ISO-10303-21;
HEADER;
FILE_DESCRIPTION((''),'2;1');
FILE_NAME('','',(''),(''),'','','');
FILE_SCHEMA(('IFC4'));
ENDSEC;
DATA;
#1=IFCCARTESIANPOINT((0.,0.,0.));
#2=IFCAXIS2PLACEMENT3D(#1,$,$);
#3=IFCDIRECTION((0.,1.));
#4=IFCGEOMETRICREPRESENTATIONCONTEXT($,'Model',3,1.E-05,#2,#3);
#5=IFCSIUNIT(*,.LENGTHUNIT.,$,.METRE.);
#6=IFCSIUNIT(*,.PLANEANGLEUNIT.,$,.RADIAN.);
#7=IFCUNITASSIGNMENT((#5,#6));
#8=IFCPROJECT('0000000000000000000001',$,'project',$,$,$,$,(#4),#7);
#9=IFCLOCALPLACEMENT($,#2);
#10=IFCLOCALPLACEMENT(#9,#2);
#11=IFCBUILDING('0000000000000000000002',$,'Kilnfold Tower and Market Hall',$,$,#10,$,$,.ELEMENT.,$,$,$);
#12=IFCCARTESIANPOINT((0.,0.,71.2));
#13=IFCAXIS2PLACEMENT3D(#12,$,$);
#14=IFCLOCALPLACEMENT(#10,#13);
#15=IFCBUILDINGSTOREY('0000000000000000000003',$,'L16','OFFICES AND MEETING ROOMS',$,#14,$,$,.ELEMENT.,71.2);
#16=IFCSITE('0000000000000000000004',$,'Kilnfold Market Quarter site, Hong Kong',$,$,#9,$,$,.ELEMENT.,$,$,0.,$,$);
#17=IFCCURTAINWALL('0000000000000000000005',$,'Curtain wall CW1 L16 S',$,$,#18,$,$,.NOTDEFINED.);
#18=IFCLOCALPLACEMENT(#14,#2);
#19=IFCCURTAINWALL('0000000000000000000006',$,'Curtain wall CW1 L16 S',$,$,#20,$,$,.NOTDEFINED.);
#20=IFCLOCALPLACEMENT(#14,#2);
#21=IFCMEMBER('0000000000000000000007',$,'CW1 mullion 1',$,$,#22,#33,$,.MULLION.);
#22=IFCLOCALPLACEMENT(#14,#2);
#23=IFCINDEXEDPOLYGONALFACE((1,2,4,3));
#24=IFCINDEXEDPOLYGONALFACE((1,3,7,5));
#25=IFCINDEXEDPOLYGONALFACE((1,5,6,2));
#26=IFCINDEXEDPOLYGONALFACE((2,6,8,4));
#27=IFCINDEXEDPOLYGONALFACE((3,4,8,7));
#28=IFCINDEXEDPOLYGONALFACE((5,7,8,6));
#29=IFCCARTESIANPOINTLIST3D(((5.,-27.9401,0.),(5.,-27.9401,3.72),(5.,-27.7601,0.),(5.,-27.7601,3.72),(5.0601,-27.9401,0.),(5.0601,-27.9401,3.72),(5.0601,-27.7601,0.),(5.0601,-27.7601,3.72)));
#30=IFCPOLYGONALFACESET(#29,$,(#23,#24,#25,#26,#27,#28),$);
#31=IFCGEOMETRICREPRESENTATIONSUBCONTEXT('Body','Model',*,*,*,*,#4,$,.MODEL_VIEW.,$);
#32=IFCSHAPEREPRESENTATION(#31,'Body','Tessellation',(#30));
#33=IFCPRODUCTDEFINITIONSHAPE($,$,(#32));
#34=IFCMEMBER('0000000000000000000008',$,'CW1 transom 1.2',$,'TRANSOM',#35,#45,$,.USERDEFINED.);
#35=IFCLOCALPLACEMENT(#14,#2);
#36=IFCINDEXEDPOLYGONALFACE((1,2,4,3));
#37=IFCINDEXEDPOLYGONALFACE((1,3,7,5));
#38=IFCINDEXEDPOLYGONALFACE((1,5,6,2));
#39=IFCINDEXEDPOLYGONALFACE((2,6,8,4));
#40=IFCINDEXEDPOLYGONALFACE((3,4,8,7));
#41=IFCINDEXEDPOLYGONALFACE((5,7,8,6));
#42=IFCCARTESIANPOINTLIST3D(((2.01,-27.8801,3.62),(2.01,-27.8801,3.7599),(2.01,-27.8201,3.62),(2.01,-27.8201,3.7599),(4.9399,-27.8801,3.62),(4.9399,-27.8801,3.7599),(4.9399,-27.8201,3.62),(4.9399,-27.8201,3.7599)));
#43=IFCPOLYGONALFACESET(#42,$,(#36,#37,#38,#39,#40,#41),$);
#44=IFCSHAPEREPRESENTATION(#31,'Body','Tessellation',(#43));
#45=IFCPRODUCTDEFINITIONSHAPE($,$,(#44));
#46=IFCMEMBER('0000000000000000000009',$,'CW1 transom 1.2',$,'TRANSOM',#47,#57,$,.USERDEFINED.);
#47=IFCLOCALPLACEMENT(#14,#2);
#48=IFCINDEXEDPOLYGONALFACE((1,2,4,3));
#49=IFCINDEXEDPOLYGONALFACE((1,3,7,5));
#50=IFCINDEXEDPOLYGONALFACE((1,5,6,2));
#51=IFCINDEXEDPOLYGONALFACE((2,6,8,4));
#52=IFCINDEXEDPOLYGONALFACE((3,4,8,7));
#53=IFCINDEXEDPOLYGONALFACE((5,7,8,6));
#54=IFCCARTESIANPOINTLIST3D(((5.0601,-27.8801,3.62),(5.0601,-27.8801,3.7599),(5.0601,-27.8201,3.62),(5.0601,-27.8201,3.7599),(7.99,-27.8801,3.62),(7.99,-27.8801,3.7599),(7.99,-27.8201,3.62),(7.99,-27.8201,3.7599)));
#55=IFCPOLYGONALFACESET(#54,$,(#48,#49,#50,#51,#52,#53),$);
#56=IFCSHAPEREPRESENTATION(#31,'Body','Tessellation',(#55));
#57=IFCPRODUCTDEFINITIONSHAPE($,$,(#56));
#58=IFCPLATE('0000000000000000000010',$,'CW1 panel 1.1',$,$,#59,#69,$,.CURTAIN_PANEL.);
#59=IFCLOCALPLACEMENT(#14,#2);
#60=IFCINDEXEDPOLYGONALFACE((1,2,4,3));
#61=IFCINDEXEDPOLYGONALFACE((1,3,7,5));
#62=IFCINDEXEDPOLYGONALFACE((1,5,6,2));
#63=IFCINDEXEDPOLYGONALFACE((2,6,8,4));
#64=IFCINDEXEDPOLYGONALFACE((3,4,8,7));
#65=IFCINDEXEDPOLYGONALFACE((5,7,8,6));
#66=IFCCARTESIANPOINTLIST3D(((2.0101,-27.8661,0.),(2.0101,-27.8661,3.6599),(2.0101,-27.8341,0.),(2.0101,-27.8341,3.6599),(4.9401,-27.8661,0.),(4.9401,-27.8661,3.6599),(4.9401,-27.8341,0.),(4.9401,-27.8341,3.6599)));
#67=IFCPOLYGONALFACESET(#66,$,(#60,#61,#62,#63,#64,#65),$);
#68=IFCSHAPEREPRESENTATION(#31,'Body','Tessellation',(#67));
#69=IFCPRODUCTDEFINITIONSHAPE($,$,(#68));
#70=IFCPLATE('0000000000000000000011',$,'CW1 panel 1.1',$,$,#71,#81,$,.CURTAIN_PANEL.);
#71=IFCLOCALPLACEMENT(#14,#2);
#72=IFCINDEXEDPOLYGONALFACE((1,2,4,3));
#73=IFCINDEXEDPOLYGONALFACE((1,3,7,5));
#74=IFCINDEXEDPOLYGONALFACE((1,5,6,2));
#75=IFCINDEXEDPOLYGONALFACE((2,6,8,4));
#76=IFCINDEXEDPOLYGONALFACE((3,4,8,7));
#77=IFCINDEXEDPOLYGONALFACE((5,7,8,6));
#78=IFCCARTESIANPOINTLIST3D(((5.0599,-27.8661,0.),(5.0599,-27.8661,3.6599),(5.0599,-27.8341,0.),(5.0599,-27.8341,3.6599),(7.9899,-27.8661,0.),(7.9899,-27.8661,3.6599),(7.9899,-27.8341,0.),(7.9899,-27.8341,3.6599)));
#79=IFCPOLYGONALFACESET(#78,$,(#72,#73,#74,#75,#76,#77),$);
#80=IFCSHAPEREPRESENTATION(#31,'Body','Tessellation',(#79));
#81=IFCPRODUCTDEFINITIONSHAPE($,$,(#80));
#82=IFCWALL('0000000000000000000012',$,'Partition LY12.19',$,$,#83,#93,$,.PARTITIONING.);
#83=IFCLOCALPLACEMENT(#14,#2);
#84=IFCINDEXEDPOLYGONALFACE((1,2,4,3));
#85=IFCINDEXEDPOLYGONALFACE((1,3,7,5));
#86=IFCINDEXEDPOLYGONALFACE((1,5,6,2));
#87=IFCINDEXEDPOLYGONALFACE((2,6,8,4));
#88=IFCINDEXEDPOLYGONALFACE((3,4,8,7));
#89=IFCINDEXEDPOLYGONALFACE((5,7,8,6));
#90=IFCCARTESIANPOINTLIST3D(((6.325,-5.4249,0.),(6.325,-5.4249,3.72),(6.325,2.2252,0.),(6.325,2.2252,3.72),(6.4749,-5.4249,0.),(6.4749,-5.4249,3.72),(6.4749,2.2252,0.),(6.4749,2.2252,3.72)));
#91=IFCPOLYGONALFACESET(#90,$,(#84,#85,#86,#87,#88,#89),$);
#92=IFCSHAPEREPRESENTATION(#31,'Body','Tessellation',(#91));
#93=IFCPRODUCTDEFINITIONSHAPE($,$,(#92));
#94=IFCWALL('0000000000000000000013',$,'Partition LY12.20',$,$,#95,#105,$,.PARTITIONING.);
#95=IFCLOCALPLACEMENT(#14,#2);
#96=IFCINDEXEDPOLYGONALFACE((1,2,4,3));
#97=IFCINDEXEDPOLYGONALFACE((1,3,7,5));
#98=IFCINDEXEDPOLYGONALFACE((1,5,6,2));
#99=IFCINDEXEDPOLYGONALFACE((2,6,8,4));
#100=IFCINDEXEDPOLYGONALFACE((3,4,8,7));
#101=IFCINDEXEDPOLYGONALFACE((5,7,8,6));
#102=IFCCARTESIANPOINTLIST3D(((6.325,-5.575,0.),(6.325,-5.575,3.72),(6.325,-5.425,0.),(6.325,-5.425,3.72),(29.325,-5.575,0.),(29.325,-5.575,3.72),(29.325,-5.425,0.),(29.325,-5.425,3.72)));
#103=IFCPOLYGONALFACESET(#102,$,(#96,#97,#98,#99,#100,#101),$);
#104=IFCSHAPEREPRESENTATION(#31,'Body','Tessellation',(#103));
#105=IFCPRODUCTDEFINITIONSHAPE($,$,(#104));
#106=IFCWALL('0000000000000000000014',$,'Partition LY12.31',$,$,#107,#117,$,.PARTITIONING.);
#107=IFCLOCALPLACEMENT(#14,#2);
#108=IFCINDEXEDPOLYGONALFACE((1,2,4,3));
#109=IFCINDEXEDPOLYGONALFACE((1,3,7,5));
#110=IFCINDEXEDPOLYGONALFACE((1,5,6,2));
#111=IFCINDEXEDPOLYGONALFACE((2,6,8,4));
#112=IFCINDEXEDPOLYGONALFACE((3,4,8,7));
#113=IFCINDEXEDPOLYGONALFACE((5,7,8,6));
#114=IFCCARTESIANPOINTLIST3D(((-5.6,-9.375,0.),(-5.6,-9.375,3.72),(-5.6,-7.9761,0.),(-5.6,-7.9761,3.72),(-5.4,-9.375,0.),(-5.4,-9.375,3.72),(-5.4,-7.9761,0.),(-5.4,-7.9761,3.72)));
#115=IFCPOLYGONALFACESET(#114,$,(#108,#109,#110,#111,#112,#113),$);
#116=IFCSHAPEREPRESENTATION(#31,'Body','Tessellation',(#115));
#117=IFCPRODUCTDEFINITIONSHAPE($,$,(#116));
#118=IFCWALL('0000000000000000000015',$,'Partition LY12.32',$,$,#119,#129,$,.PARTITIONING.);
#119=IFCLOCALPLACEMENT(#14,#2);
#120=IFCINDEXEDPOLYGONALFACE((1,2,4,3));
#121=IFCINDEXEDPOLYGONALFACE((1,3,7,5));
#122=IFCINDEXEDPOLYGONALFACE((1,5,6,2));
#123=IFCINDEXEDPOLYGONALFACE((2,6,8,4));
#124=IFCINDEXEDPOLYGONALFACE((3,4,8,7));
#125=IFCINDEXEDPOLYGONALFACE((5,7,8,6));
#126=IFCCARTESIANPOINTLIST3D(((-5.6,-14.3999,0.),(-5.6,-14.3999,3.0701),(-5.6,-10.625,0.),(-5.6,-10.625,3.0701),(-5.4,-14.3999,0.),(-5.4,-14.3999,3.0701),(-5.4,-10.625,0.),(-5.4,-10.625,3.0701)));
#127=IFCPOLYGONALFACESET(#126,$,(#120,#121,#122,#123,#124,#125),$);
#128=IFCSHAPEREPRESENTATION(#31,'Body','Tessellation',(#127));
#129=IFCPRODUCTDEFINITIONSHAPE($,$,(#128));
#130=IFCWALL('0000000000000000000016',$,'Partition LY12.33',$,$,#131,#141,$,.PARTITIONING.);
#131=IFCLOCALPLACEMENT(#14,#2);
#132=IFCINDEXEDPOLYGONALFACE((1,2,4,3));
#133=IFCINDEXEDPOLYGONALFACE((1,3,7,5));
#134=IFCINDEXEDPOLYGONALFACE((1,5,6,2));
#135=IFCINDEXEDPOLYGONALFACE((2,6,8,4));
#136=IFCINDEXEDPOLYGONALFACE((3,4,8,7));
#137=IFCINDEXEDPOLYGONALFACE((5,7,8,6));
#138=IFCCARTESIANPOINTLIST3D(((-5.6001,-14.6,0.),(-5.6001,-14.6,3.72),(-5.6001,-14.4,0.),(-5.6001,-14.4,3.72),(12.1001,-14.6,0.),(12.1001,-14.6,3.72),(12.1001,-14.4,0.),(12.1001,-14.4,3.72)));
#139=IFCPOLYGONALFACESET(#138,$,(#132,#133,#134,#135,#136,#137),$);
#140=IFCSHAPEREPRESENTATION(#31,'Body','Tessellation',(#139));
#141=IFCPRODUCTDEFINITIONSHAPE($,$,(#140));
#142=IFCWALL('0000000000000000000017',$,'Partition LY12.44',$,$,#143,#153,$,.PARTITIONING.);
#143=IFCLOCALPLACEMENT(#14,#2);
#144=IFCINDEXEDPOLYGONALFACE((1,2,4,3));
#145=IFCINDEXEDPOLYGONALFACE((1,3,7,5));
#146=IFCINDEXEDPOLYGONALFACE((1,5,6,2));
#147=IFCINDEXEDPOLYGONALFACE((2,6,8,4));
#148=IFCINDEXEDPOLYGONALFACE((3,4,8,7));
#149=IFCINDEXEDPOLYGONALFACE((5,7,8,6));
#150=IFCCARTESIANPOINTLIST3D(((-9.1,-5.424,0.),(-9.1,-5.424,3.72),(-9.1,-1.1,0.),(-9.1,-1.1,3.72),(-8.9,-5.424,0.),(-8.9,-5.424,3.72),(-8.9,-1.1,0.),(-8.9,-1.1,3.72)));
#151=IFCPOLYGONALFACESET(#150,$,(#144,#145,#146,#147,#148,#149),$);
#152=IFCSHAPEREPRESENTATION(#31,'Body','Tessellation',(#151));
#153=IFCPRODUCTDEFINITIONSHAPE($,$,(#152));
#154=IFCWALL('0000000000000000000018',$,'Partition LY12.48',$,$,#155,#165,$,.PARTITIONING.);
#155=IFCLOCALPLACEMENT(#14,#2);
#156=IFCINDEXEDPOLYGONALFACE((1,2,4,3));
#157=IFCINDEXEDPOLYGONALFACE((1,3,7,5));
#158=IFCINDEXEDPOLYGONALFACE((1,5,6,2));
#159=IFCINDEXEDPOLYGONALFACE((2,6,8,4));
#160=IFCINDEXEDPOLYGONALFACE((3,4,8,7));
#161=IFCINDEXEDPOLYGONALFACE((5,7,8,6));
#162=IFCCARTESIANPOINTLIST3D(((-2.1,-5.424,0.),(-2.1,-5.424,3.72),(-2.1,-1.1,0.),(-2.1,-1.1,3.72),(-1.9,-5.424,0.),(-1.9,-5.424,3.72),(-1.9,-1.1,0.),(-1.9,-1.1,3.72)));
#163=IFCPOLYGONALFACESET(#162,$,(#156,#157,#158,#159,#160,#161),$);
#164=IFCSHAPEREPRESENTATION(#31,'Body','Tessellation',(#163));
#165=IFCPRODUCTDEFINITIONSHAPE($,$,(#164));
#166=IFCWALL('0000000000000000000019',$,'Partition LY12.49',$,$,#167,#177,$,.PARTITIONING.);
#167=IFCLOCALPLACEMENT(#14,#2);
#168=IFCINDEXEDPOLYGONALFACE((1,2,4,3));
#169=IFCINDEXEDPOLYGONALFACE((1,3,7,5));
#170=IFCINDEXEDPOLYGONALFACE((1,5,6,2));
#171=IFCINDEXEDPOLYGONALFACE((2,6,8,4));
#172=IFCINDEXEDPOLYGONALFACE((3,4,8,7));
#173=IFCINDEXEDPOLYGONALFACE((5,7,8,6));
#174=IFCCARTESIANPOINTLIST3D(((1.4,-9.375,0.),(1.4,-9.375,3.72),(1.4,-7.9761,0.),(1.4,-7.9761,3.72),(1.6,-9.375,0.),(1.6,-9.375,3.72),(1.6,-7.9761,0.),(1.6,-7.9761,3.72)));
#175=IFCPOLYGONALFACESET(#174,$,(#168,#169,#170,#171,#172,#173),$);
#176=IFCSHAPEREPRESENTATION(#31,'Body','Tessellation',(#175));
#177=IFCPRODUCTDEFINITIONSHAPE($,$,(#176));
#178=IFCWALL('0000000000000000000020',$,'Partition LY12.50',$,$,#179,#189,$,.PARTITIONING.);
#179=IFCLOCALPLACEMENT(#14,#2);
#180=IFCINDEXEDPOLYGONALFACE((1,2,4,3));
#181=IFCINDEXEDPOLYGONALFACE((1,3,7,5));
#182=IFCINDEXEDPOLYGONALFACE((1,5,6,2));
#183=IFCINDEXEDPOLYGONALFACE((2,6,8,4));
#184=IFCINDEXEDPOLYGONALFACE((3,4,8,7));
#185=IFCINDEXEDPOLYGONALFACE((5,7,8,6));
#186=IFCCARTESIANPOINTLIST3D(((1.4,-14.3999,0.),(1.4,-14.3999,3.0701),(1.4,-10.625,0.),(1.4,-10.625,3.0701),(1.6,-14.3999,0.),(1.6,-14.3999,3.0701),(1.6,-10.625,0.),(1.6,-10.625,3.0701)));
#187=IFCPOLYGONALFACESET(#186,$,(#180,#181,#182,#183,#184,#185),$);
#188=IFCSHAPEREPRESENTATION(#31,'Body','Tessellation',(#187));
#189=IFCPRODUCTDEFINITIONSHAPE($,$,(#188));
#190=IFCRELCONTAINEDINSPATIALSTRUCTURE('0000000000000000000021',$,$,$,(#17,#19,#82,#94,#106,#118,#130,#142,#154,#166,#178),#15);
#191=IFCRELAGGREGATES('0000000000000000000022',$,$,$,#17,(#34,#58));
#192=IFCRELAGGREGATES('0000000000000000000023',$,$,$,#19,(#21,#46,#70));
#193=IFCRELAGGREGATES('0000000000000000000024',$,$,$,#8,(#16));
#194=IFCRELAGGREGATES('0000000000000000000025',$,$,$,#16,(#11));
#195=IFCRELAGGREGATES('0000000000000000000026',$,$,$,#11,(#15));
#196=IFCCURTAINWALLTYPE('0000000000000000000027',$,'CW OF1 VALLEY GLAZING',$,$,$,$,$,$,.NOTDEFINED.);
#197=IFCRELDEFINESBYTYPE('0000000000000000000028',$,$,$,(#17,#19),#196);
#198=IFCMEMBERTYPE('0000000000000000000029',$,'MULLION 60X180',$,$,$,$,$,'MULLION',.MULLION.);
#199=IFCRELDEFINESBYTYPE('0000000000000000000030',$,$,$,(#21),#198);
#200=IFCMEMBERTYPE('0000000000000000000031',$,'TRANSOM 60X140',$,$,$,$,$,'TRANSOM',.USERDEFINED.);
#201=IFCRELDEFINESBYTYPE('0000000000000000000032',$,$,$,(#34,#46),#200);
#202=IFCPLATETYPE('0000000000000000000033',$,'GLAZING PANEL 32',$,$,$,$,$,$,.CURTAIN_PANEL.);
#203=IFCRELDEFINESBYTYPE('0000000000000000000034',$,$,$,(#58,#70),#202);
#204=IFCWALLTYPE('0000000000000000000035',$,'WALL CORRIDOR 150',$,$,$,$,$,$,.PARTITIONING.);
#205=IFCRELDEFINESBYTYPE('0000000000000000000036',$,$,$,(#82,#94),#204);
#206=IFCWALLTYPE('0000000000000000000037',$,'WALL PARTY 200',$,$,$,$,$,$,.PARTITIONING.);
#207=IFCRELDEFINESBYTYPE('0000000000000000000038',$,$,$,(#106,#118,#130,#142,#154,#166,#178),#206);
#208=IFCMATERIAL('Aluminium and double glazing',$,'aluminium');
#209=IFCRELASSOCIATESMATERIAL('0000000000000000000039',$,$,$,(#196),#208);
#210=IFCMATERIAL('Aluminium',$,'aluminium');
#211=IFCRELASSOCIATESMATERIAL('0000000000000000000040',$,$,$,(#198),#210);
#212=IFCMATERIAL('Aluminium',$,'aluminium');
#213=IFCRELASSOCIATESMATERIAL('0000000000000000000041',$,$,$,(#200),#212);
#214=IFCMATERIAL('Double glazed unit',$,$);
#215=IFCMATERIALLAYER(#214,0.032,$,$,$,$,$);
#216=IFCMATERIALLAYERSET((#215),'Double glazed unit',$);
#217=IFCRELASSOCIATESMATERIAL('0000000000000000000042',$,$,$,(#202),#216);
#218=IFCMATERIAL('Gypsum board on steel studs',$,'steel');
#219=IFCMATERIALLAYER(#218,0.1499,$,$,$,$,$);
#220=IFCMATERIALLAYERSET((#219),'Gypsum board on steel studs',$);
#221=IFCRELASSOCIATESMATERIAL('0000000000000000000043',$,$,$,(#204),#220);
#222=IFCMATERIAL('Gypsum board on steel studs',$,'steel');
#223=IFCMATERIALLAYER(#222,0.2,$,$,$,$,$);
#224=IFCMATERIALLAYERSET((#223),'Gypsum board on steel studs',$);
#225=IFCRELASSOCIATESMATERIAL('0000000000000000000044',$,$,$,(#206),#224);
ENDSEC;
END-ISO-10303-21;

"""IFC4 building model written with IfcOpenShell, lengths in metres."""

from ifc_helpers import new_model, si_unit, direction, frame, frame_2d, origin, origin_2d, place, context, subcontext, project, spatial, rectangle, extrude, source, transform, mapped, material, layer, layer_set, material_profile, profile_set, type_object, element, aggregate, save


model = new_model("IFC4")

# Units and contexts
model_context = context("Model", 3, precision=1e-05, world=origin(), true_north=direction((0.0, 1.0)))
body_context = subcontext(model_context, "Body", "Model", "MODEL_VIEW")
ifc_project = project(units=[si_unit("LENGTHUNIT", "METRE"), si_unit("PLANEANGLEUNIT", "RADIAN")], contexts=[model_context])

# Site, building, storey
site_placement = place(None, origin())
site = spatial("IfcSite", under=ifc_project, at=site_placement, Name="Kilnfold Market Quarter site, Hong Kong", CompositionType="ELEMENT", RefElevation=0.0)
building_placement = place(site_placement, origin())
building = spatial("IfcBuilding", under=site, at=building_placement, Name="Kilnfold Tower and Market Hall", CompositionType="ELEMENT")
storey_placement = place(building_placement, frame((0.0, 0.0, 71.2)))
storey = spatial("IfcBuildingStorey", under=building, at=storey_placement, Name="L16", Description="OFFICES AND MEETING ROOMS", CompositionType="ELEMENT", Elevation=71.2)

# Curtain walls, member
ifc_material_1 = material(Name="Aluminium and double glazing", Category="aluminium")
curtain_wall_type = type_object("IfcCurtainWallType", Name="CW OF1 VALLEY GLAZING", PredefinedType="NOTDEFINED", material=ifc_material_1)
curtain_wall_1_placement = place(storey_placement, origin())
curtain_wall_1 = element("IfcCurtainWall", 1, at=curtain_wall_1_placement, inside=storey, type_object=curtain_wall_type, Name="Curtain wall CW1 L16 S", PredefinedType="NOTDEFINED")
ifc_material_2 = material(Name="Aluminium", Category="aluminium")
ifc_material_profile_1 = material_profile(ifc_material_2, rectangle(XDim=0.0601, YDim=0.1799, at=origin_2d()), Name="MULLION 60x180")
ifc_profile_set_1 = profile_set([ifc_material_profile_1], Name="Aluminium")
member_type_1 = type_object("IfcMemberType", Name="MULLION 60X180", ElementType="MULLION", PredefinedType="MULLION", material=ifc_profile_set_1)
shared_shape_1 = source(origin(), body_context, "Body", "SweptSolid", [
    extrude(rectangle(XDim=0.0601, YDim=0.1799, at=origin_2d()), origin(), (0.0, 0.0, 1.0), 3.72),
])
curtain_wall_2_placement = place(storey_placement, origin())
curtain_wall_2 = element("IfcCurtainWall", 2, at=curtain_wall_2_placement, inside=storey, type_object=curtain_wall_type, Name="Curtain wall CW1 L16 S", PredefinedType="NOTDEFINED")
member_1_placement = place(storey_placement, frame((5.03, -27.8501, 0.0), z_axis=(0.0, 0.0, 1.0), x_axis=(1.0, 0.0, 0.0)))
member_1 = element("IfcMember", 3, at=member_1_placement, type_object=member_type_1, Name="CW1 mullion 1", PredefinedType="MULLION", context=body_context, shape_type="MappedRepresentation", body=[
    mapped(shared_shape_1, transform((0.0, 0.0, 0.0))),
])

# Members
ifc_material_3 = material(Name="Aluminium", Category="aluminium")
ifc_material_profile_2 = material_profile(ifc_material_3, rectangle(XDim=0.0601, YDim=0.1399, at=origin_2d()), Name="TRANSOM 60x140")
ifc_profile_set_2 = profile_set([ifc_material_profile_2], Name="Aluminium")
member_type_2 = type_object("IfcMemberType", Name="TRANSOM 60X140", ElementType="TRANSOM", PredefinedType="USERDEFINED", material=ifc_profile_set_2)
shared_shape_2 = source(origin(), body_context, "Body", "SweptSolid", [
    extrude(rectangle(XDim=0.0601, YDim=0.1399, at=origin_2d()), origin(), (0.0, 0.0, 1.0), 2.9299),
])
member_2_placement = place(storey_placement, frame((2.01, -27.8501, 3.6899), z_axis=(1.0, 0.0, 0.0), x_axis=(0.0, 1.0, 0.0)))
member_2 = element("IfcMember", 4, at=member_2_placement, type_object=member_type_2, Name="CW1 transom 1.2", ObjectType="TRANSOM", PredefinedType="USERDEFINED", context=body_context, shape_type="MappedRepresentation", body=[
    mapped(shared_shape_2, transform((0.0, 0.0, 0.0))),
])
member_3_placement = place(storey_placement, frame((5.0601, -27.8501, 3.6899), z_axis=(1.0, 0.0, 0.0), x_axis=(0.0, 1.0, 0.0)))
member_3 = element("IfcMember", 5, at=member_3_placement, type_object=member_type_2, Name="CW1 transom 1.2", ObjectType="TRANSOM", PredefinedType="USERDEFINED", context=body_context, shape_type="MappedRepresentation", body=[
    mapped(shared_shape_2, transform((0.0, 0.0, 0.0))),
])

# Plates
ifc_material_4 = material(Name="Double glazed unit")
ifc_layer_1 = layer(ifc_material_4, 0.032)
ifc_layer_set_1 = layer_set([ifc_layer_1], Name="Double glazed unit")
plate_type = type_object("IfcPlateType", Name="GLAZING PANEL 32", PredefinedType="CURTAIN_PANEL", material=ifc_layer_set_1)
shared_shape_3 = source(origin(), body_context, "Body", "SweptSolid", [
    extrude(rectangle(XDim=2.9299, YDim=0.032, at=origin_2d()), origin(), (0.0, 0.0, 1.0), 3.6599),
])
plate_1_placement = place(storey_placement, frame((3.4751, -27.8501, 0.0), z_axis=(0.0, 0.0, 1.0), x_axis=(1.0, 0.0, 0.0)))
plate_1 = element("IfcPlate", 6, at=plate_1_placement, type_object=plate_type, Name="CW1 panel 1.1", PredefinedType="CURTAIN_PANEL", context=body_context, shape_type="MappedRepresentation", body=[
    mapped(shared_shape_3, transform((0.0, 0.0, 0.0))),
])
aggregate(curtain_wall_1, [member_2, plate_1])
plate_2_placement = place(storey_placement, frame((6.5249, -27.8501, 0.0), z_axis=(0.0, 0.0, 1.0), x_axis=(1.0, 0.0, 0.0)))
plate_2 = element("IfcPlate", 7, at=plate_2_placement, type_object=plate_type, Name="CW1 panel 1.1", PredefinedType="CURTAIN_PANEL", context=body_context, shape_type="MappedRepresentation", body=[
    mapped(shared_shape_3, transform((0.0, 0.0, 0.0))),
])
aggregate(curtain_wall_2, [member_1, member_3, plate_2])

# Walls
ifc_material_5 = material(Name="Gypsum board on steel studs", Category="steel")
ifc_layer_2 = layer(ifc_material_5, 0.1499)
ifc_layer_set_2 = layer_set([ifc_layer_2], Name="Gypsum board on steel studs")
wall_type_1 = type_object("IfcWallType", Name="WALL CORRIDOR 150", PredefinedType="PARTITIONING", material=ifc_layer_set_2)
wall_1_placement = place(storey_placement, frame((6.3999, -5.425, 0.0), z_axis=(0.0, 0.0, 1.0), x_axis=(0.0, 1.0, 0.0)))
element("IfcWall", 8, at=wall_1_placement, inside=storey, type_object=wall_type_1, Name="Partition LY12.19", PredefinedType="PARTITIONING", context=body_context, shape_type="SweptSolid", body=[
    extrude(rectangle(XDim=7.6501, YDim=0.1499, at=frame_2d((3.8252, 0.0))), origin(), (0.0, 0.0, 1.0), 3.72),
])
wall_2_placement = place(storey_placement, frame((6.325, -5.5, 0.0), z_axis=(0.0, 0.0, 1.0), x_axis=(1.0, 0.0, 0.0)))
element("IfcWall", 9, at=wall_2_placement, inside=storey, type_object=wall_type_1, Name="Partition LY12.20", PredefinedType="PARTITIONING", context=body_context, shape_type="SweptSolid", body=[
    extrude(rectangle(XDim=23.0, YDim=0.1499, at=frame_2d((11.5, 0.0))), origin(), (0.0, 0.0, 1.0), 3.72),
])
ifc_material_6 = material(Name="Gypsum board on steel studs", Category="steel")
ifc_layer_3 = layer(ifc_material_6, 0.2)
ifc_layer_set_3 = layer_set([ifc_layer_3], Name="Gypsum board on steel studs")
wall_type_2 = type_object("IfcWallType", Name="WALL PARTY 200", PredefinedType="PARTITIONING", material=ifc_layer_set_3)
wall_3_placement = place(storey_placement, frame((-5.5, -9.375, 0.0), z_axis=(0.0, 0.0, 1.0), x_axis=(0.0, 1.0, 0.0)))
element("IfcWall", 10, at=wall_3_placement, inside=storey, type_object=wall_type_2, Name="Partition LY12.31", PredefinedType="PARTITIONING", context=body_context, shape_type="SweptSolid", body=[
    extrude(rectangle(XDim=1.3989, YDim=0.2, at=frame_2d((0.6995, 0.0))), origin(), (0.0, 0.0, 1.0), 3.72),
])
wall_4_placement = place(storey_placement, frame((-5.5, -14.3999, 0.0), z_axis=(0.0, 0.0, 1.0), x_axis=(0.0, 1.0, 0.0)))
element("IfcWall", 11, at=wall_4_placement, inside=storey, type_object=wall_type_2, Name="Partition LY12.32", PredefinedType="PARTITIONING", context=body_context, shape_type="SweptSolid", body=[
    extrude(rectangle(XDim=3.7749, YDim=0.2, at=frame_2d((1.8875, 0.0))), origin(), (0.0, 0.0, 1.0), 3.0701),
])
wall_5_placement = place(storey_placement, frame((-5.6001, -14.5, 0.0), z_axis=(0.0, 0.0, 1.0), x_axis=(1.0, 0.0, 0.0)))
element("IfcWall", 12, at=wall_5_placement, inside=storey, type_object=wall_type_2, Name="Partition LY12.33", PredefinedType="PARTITIONING", context=body_context, shape_type="SweptSolid", body=[
    extrude(rectangle(XDim=17.7002, YDim=0.2, at=frame_2d((8.8501, 0.0))), origin(), (0.0, 0.0, 1.0), 3.72),
])
for number, where, z_axis, x_axis, name in (
    (13, (-9.0, -5.4241, 0.0), (0.0, 0.0, 1.0), (0.0, 1.0, 0.0), "Partition LY12.44"),
    (14, (-2.0, -5.4241, 0.0), (0.0, 0.0, 1.0), (0.0, 1.0, 0.0), "Partition LY12.48"),
):
    element("IfcWall", number, at=place(storey_placement, frame(where, z_axis=z_axis, x_axis=x_axis)), inside=storey, type_object=wall_type_2, Name=name, PredefinedType="PARTITIONING", context=body_context, shape_type="SweptSolid", body=[
        extrude(rectangle(XDim=4.324, YDim=0.2, at=frame_2d((2.1621, 0.0))), origin(), (0.0, 0.0, 1.0), 3.72),
    ])
wall_6_placement = place(storey_placement, frame((1.5, -9.375, 0.0), z_axis=(0.0, 0.0, 1.0), x_axis=(0.0, 1.0, 0.0)))
element("IfcWall", 15, at=wall_6_placement, inside=storey, type_object=wall_type_2, Name="Partition LY12.49", PredefinedType="PARTITIONING", context=body_context, shape_type="SweptSolid", body=[
    extrude(rectangle(XDim=1.3989, YDim=0.2, at=frame_2d((0.6995, 0.0))), origin(), (0.0, 0.0, 1.0), 3.72),
])
wall_7_placement = place(storey_placement, frame((1.5, -14.3999, 0.0), z_axis=(0.0, 0.0, 1.0), x_axis=(0.0, 1.0, 0.0)))
element("IfcWall", 16, at=wall_7_placement, inside=storey, type_object=wall_type_2, Name="Partition LY12.50", PredefinedType="PARTITIONING", context=body_context, shape_type="SweptSolid", body=[
    extrude(rectangle(XDim=3.7749, YDim=0.2, at=frame_2d((1.8875, 0.0))), origin(), (0.0, 0.0, 1.0), 3.0701),
])

save(model, "model.ifc")
